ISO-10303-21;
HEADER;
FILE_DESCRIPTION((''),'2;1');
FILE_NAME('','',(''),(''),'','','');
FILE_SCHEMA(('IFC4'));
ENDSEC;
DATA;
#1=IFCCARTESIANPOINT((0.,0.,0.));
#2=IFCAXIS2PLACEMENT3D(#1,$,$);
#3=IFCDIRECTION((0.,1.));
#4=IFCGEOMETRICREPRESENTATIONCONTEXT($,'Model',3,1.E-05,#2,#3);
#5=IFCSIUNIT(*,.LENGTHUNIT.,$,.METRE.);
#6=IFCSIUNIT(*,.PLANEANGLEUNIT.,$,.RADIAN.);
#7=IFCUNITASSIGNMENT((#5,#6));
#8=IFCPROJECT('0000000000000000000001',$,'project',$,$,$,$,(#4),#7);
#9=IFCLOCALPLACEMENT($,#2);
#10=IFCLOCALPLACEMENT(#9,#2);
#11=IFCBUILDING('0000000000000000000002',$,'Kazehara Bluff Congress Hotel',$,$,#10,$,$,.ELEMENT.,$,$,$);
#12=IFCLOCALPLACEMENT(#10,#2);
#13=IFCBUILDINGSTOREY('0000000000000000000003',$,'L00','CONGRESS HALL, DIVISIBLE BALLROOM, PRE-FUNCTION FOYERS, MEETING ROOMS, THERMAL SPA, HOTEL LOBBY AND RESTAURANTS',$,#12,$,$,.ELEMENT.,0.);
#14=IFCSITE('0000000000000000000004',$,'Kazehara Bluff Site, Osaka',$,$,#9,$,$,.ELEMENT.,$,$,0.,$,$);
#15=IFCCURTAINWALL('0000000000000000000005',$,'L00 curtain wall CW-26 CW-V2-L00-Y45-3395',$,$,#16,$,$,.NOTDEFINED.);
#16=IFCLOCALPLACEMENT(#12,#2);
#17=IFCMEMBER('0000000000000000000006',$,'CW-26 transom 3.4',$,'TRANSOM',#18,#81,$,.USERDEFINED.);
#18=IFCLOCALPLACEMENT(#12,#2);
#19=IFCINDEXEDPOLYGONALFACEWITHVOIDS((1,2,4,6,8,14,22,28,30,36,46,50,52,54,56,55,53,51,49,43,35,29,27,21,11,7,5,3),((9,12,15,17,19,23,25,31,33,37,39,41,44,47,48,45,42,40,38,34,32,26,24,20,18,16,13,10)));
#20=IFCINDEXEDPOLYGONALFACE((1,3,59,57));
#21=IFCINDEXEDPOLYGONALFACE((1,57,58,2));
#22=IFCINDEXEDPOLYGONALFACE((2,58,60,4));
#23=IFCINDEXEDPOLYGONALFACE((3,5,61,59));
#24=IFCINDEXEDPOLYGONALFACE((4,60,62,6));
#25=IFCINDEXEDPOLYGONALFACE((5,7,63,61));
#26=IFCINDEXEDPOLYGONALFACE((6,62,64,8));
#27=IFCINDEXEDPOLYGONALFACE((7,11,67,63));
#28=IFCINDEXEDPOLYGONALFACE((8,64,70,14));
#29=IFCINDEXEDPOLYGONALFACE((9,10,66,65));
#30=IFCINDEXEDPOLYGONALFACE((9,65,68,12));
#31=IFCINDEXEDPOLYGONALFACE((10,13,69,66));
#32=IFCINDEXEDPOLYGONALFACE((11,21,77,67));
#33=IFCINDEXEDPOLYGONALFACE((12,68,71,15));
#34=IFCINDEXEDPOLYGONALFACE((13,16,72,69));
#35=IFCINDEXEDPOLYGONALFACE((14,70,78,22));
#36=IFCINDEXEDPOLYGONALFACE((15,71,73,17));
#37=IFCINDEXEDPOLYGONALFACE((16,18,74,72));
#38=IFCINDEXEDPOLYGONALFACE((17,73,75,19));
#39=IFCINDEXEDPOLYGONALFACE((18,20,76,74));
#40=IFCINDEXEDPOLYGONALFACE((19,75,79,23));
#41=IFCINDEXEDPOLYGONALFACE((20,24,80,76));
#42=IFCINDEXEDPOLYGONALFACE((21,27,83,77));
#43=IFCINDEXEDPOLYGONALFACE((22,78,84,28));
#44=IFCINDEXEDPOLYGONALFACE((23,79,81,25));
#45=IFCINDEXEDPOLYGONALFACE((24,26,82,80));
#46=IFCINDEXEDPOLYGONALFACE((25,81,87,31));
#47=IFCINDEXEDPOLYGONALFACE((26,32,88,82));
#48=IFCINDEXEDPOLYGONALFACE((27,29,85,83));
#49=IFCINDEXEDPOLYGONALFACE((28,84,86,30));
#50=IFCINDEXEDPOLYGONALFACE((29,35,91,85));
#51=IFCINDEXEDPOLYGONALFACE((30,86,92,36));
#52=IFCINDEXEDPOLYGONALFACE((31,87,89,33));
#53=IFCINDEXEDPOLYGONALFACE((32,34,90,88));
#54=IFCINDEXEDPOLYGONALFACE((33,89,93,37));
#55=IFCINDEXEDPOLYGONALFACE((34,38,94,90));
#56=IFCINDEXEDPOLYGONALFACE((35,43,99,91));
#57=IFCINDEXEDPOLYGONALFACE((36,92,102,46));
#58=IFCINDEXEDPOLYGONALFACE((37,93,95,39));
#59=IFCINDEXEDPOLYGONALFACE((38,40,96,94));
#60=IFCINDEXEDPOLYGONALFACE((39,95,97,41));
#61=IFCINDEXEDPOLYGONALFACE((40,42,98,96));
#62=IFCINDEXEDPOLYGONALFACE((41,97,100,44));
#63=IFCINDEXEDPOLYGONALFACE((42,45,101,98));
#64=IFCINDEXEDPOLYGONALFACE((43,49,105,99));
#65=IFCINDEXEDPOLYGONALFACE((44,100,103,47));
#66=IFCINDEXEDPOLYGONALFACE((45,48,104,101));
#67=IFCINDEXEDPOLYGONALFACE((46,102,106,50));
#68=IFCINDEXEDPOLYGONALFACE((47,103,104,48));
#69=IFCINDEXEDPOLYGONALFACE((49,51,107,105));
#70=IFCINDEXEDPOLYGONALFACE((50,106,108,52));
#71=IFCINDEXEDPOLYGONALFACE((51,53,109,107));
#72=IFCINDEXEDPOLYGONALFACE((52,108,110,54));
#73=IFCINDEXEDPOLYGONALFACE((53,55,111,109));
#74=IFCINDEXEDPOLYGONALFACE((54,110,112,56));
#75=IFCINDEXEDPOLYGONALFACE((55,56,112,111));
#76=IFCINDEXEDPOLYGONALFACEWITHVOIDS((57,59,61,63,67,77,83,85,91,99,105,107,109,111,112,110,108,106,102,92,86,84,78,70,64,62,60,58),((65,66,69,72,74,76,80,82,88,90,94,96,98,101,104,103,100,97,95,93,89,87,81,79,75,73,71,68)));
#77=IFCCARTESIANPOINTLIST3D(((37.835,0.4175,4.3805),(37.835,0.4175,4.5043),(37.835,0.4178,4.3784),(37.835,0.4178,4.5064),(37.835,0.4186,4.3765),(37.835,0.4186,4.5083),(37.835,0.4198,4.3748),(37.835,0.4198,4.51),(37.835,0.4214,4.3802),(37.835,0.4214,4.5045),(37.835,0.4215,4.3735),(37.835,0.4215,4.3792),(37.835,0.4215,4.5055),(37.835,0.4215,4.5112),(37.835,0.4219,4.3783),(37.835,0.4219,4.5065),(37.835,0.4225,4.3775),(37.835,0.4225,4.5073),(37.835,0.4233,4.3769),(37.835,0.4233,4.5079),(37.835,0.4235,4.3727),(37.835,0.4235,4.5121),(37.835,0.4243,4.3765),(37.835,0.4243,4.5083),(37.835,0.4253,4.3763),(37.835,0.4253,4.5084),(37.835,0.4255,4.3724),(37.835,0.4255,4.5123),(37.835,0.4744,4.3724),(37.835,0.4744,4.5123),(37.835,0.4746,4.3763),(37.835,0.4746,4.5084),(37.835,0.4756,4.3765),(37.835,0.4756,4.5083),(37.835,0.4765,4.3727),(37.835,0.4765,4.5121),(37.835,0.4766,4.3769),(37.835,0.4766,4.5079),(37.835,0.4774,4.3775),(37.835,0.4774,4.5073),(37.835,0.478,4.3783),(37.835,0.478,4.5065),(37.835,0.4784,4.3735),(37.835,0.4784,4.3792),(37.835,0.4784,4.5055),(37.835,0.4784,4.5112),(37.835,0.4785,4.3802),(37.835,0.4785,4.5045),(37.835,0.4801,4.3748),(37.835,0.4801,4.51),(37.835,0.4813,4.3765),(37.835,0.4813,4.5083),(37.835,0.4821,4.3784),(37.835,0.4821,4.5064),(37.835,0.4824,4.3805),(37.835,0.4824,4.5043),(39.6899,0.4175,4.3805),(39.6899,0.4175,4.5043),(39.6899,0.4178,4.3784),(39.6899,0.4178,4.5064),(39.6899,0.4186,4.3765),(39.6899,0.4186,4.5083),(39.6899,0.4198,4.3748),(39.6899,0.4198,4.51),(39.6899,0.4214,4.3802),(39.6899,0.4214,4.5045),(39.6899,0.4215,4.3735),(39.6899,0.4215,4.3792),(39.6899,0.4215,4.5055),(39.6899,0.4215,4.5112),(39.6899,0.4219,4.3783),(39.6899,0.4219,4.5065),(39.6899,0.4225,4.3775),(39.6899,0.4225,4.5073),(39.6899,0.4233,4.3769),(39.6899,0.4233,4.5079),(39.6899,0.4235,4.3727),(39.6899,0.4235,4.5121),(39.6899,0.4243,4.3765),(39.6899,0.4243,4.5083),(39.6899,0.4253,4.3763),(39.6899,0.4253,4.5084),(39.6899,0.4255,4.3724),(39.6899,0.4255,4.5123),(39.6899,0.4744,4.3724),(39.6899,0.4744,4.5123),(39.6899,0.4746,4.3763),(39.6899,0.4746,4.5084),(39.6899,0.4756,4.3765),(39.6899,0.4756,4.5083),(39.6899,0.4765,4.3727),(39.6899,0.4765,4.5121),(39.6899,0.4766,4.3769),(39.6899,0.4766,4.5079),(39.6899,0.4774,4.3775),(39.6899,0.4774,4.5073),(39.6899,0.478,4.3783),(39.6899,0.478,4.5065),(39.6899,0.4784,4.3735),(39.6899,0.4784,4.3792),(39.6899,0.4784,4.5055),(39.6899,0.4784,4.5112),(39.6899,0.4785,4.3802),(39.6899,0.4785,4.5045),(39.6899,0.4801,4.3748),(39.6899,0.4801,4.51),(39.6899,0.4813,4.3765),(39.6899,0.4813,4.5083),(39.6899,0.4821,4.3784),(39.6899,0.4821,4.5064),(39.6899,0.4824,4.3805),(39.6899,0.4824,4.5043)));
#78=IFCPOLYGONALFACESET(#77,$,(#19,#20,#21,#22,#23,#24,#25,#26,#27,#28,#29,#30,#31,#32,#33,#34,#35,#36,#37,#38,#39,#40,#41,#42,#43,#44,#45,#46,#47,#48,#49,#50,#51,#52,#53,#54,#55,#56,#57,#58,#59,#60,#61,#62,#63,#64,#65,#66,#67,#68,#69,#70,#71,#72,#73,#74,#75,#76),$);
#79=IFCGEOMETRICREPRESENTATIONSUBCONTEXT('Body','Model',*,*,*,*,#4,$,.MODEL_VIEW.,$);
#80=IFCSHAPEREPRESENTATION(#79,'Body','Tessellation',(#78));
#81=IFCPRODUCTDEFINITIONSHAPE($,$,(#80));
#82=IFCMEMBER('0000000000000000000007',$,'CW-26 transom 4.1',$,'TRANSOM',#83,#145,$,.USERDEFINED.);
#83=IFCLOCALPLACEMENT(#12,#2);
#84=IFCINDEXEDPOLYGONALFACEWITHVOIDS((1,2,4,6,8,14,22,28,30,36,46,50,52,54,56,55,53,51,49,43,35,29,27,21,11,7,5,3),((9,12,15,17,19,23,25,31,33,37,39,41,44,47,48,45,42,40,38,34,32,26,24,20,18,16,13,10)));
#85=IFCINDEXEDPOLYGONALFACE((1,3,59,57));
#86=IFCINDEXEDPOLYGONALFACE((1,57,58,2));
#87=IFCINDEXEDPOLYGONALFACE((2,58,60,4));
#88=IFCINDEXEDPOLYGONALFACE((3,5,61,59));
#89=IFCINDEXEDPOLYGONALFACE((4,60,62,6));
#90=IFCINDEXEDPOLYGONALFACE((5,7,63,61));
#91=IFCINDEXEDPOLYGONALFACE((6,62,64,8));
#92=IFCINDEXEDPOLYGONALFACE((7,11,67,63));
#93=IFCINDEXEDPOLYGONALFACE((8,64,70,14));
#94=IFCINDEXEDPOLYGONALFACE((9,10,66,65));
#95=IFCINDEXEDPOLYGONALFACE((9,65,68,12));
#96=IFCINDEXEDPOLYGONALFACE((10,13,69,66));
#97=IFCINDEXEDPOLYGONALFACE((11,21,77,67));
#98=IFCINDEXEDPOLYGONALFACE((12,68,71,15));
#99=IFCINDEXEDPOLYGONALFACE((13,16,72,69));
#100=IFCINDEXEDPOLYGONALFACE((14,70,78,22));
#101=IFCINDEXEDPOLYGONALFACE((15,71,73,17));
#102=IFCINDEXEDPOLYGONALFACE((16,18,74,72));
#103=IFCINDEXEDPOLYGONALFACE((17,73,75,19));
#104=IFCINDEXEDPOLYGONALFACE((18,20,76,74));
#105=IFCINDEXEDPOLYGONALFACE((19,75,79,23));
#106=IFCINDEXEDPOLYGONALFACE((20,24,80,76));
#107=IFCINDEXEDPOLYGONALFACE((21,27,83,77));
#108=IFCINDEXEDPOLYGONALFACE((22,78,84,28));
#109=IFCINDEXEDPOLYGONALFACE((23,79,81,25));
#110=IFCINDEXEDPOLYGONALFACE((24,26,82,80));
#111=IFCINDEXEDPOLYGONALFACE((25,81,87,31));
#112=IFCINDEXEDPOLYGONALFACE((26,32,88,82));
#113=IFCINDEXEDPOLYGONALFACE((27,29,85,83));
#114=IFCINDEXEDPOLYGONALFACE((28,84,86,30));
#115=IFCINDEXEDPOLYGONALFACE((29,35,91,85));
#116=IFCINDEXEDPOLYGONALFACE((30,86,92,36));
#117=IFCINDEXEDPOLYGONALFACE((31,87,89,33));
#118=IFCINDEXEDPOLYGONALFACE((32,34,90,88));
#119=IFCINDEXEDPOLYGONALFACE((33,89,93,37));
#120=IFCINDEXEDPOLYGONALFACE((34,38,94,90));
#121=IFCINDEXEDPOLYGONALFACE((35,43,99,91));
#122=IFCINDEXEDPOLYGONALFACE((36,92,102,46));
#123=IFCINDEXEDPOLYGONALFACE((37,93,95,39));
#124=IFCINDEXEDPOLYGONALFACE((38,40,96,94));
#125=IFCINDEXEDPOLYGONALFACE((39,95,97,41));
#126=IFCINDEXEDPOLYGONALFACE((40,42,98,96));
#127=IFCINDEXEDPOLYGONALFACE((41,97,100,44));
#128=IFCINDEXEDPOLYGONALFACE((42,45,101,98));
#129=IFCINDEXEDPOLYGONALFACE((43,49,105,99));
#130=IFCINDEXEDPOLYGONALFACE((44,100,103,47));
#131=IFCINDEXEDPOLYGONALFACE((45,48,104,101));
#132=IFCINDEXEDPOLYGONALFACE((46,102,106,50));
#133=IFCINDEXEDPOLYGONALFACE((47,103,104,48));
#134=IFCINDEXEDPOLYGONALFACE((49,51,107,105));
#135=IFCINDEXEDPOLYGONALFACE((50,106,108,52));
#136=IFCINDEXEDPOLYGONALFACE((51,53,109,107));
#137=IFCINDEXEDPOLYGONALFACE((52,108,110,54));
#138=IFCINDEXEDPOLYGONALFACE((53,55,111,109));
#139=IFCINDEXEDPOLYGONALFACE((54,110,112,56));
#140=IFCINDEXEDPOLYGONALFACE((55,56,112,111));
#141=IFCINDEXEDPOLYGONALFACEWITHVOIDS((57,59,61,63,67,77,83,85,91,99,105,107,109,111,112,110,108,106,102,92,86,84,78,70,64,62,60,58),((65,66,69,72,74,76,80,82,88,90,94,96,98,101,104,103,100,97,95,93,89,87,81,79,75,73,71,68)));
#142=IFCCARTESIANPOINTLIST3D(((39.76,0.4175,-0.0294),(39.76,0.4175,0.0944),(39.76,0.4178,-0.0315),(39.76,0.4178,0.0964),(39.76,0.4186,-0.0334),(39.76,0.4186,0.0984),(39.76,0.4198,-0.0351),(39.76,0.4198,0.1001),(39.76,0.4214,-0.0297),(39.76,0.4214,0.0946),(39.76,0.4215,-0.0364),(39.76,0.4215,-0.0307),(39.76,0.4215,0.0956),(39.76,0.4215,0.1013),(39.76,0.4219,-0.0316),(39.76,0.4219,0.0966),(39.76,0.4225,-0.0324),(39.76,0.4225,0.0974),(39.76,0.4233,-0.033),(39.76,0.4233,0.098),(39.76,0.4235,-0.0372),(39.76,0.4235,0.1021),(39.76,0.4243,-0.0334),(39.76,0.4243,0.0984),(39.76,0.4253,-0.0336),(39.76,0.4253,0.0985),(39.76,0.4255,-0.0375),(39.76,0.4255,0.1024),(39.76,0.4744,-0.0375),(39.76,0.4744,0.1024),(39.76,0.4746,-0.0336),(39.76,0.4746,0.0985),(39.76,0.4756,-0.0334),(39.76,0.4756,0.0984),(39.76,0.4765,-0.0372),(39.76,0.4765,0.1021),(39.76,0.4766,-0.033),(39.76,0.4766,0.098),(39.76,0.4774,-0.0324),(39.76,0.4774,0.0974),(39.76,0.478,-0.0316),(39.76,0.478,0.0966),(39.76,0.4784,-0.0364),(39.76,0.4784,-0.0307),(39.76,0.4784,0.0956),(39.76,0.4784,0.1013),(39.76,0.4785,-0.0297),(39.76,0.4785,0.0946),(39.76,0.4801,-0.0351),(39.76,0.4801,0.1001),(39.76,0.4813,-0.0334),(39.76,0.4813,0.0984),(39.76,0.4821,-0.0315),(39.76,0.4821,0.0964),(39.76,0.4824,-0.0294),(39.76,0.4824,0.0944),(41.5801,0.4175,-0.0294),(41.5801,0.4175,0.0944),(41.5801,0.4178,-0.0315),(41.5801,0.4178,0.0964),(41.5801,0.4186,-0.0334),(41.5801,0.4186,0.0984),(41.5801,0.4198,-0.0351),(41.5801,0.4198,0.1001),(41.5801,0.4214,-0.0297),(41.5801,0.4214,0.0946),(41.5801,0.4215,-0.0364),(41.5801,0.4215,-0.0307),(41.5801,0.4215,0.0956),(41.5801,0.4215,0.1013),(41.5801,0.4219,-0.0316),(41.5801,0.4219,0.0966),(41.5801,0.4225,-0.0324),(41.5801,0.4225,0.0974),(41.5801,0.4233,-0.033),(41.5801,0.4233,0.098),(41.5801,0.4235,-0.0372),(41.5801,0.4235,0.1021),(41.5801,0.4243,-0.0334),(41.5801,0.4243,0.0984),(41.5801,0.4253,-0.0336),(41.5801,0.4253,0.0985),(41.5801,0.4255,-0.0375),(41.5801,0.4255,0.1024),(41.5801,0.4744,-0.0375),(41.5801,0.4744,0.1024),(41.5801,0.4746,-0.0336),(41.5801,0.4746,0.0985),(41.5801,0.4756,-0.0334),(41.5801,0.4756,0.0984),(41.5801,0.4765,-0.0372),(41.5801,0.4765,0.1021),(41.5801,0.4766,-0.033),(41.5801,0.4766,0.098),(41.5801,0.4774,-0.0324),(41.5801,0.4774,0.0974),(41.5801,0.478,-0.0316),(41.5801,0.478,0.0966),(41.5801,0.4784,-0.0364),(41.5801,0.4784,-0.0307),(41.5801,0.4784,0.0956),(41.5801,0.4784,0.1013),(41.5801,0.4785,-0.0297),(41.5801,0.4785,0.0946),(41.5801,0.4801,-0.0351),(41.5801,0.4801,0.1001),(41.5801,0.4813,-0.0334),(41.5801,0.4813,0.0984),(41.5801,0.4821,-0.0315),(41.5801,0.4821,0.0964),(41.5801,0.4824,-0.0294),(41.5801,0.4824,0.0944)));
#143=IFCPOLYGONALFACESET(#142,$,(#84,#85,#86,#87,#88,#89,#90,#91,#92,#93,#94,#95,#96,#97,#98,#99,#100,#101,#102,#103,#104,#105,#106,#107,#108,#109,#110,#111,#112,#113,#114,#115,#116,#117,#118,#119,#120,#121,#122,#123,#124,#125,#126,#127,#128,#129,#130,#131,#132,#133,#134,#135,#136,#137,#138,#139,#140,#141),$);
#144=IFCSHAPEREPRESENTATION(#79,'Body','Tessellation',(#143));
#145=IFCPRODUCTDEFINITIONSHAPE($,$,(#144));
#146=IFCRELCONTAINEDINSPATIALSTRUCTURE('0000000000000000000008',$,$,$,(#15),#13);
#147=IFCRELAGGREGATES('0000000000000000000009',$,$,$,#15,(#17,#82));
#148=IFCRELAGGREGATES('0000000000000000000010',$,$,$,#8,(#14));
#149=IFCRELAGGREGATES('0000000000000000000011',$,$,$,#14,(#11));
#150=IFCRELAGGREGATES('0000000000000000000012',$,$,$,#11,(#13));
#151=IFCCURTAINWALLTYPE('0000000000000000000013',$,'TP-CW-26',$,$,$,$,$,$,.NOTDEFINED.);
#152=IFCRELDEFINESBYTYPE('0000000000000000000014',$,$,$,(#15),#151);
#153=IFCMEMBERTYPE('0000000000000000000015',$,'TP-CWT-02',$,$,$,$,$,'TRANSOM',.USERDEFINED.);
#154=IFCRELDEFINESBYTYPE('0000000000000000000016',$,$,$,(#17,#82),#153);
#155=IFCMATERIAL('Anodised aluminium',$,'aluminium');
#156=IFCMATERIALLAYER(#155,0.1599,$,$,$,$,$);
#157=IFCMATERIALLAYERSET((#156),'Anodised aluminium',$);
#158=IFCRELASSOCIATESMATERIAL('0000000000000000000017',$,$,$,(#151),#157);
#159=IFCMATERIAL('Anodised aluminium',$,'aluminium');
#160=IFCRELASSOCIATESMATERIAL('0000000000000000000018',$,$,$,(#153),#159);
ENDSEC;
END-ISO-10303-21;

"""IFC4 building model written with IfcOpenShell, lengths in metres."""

from ifc_helpers import new_model, si_unit, direction, frame, origin, origin_2d, place, context, subcontext, project, spatial, hollow_rectangle, extrude, material, layer, layer_set, material_profile, profile_set, type_object, element, aggregate, save


model = new_model("IFC4")

# Units and contexts
model_context = context("Model", 3, precision=1e-05, world=origin(), true_north=direction((0.0, 1.0)))
body_context = subcontext(model_context, "Body", "Model", "MODEL_VIEW")
ifc_project = project(units=[si_unit("LENGTHUNIT", "METRE"), si_unit("PLANEANGLEUNIT", "RADIAN")], contexts=[model_context])

# Site, building, storey
site_placement = place(None, origin())
site = spatial("IfcSite", under=ifc_project, at=site_placement, Name="Kazehara Bluff Site, Osaka", CompositionType="ELEMENT", RefElevation=0.0)
building_placement = place(site_placement, origin())
building = spatial("IfcBuilding", under=site, at=building_placement, Name="Kazehara Bluff Congress Hotel", CompositionType="ELEMENT")
storey_placement = place(building_placement, origin())
storey = spatial("IfcBuildingStorey", under=building, at=storey_placement, Name="L00", Description="CONGRESS HALL, DIVISIBLE BALLROOM, PRE-FUNCTION FOYERS, MEETING ROOMS, THERMAL SPA, HOTEL LOBBY AND RESTAURANTS", CompositionType="ELEMENT", Elevation=0.0)

# Curtain wall, members
ifc_material_1 = material(Name="Anodised aluminium", Category="aluminium")
ifc_layer_1 = layer(ifc_material_1, 0.1599)
ifc_layer_set_1 = layer_set([ifc_layer_1], Name="Anodised aluminium")
curtain_wall_type = type_object("IfcCurtainWallType", Name="TP-CW-26", PredefinedType="NOTDEFINED", material=ifc_layer_set_1)
curtain_wall_placement = place(storey_placement, origin())
curtain_wall = element("IfcCurtainWall", 1, at=curtain_wall_placement, inside=storey, type_object=curtain_wall_type, Name="L00 curtain wall CW-26 CW-V2-L00-Y45-3395", PredefinedType="NOTDEFINED")
ifc_material_2 = material(Name="Anodised aluminium", Category="aluminium")
ifc_material_profile_1 = material_profile(ifc_material_2, hollow_rectangle(XDim=0.0649, YDim=0.1399, WallThickness=0.0039, InnerFilletRadius=0.0039, OuterFilletRadius=0.0081, at=origin_2d()))
ifc_profile_set_1 = profile_set([ifc_material_profile_1], Name="Anodised aluminium")
member_type_1 = type_object("IfcMemberType", Name="TP-CWT-02", ElementType="TRANSOM", PredefinedType="USERDEFINED", material=ifc_profile_set_1)
member_1_placement = place(storey_placement, frame((37.835, 0.45, 4.4424), z_axis=(1.0, 0.0, 0.0), x_axis=(0.0, 1.0, 0.0)))
member_1 = element("IfcMember", 2, at=member_1_placement, type_object=member_type_1, Name="CW-26 transom 3.4", ObjectType="TRANSOM", PredefinedType="USERDEFINED", context=body_context, shape_type="SweptSolid", body=[
    extrude(hollow_rectangle(XDim=0.0649, YDim=0.1399, WallThickness=0.0039, InnerFilletRadius=0.0039, OuterFilletRadius=0.0081, at=origin_2d()), origin(), (0.0, 0.0, 1.0), 1.855),
])
member_2_placement = place(storey_placement, frame((39.76, 0.45, 0.0325), z_axis=(1.0, 0.0, 0.0), x_axis=(0.0, 1.0, 0.0)))
member_2 = element("IfcMember", 3, at=member_2_placement, type_object=member_type_1, Name="CW-26 transom 4.1", ObjectType="TRANSOM", PredefinedType="USERDEFINED", context=body_context, shape_type="SweptSolid", body=[
    extrude(hollow_rectangle(XDim=0.0649, YDim=0.1399, WallThickness=0.0039, InnerFilletRadius=0.0039, OuterFilletRadius=0.0081, at=origin_2d()), origin(), (0.0, 0.0, 1.0), 1.8201),
])

aggregate(curtain_wall, [member_1, member_2])

save(model, "model.ifc")
